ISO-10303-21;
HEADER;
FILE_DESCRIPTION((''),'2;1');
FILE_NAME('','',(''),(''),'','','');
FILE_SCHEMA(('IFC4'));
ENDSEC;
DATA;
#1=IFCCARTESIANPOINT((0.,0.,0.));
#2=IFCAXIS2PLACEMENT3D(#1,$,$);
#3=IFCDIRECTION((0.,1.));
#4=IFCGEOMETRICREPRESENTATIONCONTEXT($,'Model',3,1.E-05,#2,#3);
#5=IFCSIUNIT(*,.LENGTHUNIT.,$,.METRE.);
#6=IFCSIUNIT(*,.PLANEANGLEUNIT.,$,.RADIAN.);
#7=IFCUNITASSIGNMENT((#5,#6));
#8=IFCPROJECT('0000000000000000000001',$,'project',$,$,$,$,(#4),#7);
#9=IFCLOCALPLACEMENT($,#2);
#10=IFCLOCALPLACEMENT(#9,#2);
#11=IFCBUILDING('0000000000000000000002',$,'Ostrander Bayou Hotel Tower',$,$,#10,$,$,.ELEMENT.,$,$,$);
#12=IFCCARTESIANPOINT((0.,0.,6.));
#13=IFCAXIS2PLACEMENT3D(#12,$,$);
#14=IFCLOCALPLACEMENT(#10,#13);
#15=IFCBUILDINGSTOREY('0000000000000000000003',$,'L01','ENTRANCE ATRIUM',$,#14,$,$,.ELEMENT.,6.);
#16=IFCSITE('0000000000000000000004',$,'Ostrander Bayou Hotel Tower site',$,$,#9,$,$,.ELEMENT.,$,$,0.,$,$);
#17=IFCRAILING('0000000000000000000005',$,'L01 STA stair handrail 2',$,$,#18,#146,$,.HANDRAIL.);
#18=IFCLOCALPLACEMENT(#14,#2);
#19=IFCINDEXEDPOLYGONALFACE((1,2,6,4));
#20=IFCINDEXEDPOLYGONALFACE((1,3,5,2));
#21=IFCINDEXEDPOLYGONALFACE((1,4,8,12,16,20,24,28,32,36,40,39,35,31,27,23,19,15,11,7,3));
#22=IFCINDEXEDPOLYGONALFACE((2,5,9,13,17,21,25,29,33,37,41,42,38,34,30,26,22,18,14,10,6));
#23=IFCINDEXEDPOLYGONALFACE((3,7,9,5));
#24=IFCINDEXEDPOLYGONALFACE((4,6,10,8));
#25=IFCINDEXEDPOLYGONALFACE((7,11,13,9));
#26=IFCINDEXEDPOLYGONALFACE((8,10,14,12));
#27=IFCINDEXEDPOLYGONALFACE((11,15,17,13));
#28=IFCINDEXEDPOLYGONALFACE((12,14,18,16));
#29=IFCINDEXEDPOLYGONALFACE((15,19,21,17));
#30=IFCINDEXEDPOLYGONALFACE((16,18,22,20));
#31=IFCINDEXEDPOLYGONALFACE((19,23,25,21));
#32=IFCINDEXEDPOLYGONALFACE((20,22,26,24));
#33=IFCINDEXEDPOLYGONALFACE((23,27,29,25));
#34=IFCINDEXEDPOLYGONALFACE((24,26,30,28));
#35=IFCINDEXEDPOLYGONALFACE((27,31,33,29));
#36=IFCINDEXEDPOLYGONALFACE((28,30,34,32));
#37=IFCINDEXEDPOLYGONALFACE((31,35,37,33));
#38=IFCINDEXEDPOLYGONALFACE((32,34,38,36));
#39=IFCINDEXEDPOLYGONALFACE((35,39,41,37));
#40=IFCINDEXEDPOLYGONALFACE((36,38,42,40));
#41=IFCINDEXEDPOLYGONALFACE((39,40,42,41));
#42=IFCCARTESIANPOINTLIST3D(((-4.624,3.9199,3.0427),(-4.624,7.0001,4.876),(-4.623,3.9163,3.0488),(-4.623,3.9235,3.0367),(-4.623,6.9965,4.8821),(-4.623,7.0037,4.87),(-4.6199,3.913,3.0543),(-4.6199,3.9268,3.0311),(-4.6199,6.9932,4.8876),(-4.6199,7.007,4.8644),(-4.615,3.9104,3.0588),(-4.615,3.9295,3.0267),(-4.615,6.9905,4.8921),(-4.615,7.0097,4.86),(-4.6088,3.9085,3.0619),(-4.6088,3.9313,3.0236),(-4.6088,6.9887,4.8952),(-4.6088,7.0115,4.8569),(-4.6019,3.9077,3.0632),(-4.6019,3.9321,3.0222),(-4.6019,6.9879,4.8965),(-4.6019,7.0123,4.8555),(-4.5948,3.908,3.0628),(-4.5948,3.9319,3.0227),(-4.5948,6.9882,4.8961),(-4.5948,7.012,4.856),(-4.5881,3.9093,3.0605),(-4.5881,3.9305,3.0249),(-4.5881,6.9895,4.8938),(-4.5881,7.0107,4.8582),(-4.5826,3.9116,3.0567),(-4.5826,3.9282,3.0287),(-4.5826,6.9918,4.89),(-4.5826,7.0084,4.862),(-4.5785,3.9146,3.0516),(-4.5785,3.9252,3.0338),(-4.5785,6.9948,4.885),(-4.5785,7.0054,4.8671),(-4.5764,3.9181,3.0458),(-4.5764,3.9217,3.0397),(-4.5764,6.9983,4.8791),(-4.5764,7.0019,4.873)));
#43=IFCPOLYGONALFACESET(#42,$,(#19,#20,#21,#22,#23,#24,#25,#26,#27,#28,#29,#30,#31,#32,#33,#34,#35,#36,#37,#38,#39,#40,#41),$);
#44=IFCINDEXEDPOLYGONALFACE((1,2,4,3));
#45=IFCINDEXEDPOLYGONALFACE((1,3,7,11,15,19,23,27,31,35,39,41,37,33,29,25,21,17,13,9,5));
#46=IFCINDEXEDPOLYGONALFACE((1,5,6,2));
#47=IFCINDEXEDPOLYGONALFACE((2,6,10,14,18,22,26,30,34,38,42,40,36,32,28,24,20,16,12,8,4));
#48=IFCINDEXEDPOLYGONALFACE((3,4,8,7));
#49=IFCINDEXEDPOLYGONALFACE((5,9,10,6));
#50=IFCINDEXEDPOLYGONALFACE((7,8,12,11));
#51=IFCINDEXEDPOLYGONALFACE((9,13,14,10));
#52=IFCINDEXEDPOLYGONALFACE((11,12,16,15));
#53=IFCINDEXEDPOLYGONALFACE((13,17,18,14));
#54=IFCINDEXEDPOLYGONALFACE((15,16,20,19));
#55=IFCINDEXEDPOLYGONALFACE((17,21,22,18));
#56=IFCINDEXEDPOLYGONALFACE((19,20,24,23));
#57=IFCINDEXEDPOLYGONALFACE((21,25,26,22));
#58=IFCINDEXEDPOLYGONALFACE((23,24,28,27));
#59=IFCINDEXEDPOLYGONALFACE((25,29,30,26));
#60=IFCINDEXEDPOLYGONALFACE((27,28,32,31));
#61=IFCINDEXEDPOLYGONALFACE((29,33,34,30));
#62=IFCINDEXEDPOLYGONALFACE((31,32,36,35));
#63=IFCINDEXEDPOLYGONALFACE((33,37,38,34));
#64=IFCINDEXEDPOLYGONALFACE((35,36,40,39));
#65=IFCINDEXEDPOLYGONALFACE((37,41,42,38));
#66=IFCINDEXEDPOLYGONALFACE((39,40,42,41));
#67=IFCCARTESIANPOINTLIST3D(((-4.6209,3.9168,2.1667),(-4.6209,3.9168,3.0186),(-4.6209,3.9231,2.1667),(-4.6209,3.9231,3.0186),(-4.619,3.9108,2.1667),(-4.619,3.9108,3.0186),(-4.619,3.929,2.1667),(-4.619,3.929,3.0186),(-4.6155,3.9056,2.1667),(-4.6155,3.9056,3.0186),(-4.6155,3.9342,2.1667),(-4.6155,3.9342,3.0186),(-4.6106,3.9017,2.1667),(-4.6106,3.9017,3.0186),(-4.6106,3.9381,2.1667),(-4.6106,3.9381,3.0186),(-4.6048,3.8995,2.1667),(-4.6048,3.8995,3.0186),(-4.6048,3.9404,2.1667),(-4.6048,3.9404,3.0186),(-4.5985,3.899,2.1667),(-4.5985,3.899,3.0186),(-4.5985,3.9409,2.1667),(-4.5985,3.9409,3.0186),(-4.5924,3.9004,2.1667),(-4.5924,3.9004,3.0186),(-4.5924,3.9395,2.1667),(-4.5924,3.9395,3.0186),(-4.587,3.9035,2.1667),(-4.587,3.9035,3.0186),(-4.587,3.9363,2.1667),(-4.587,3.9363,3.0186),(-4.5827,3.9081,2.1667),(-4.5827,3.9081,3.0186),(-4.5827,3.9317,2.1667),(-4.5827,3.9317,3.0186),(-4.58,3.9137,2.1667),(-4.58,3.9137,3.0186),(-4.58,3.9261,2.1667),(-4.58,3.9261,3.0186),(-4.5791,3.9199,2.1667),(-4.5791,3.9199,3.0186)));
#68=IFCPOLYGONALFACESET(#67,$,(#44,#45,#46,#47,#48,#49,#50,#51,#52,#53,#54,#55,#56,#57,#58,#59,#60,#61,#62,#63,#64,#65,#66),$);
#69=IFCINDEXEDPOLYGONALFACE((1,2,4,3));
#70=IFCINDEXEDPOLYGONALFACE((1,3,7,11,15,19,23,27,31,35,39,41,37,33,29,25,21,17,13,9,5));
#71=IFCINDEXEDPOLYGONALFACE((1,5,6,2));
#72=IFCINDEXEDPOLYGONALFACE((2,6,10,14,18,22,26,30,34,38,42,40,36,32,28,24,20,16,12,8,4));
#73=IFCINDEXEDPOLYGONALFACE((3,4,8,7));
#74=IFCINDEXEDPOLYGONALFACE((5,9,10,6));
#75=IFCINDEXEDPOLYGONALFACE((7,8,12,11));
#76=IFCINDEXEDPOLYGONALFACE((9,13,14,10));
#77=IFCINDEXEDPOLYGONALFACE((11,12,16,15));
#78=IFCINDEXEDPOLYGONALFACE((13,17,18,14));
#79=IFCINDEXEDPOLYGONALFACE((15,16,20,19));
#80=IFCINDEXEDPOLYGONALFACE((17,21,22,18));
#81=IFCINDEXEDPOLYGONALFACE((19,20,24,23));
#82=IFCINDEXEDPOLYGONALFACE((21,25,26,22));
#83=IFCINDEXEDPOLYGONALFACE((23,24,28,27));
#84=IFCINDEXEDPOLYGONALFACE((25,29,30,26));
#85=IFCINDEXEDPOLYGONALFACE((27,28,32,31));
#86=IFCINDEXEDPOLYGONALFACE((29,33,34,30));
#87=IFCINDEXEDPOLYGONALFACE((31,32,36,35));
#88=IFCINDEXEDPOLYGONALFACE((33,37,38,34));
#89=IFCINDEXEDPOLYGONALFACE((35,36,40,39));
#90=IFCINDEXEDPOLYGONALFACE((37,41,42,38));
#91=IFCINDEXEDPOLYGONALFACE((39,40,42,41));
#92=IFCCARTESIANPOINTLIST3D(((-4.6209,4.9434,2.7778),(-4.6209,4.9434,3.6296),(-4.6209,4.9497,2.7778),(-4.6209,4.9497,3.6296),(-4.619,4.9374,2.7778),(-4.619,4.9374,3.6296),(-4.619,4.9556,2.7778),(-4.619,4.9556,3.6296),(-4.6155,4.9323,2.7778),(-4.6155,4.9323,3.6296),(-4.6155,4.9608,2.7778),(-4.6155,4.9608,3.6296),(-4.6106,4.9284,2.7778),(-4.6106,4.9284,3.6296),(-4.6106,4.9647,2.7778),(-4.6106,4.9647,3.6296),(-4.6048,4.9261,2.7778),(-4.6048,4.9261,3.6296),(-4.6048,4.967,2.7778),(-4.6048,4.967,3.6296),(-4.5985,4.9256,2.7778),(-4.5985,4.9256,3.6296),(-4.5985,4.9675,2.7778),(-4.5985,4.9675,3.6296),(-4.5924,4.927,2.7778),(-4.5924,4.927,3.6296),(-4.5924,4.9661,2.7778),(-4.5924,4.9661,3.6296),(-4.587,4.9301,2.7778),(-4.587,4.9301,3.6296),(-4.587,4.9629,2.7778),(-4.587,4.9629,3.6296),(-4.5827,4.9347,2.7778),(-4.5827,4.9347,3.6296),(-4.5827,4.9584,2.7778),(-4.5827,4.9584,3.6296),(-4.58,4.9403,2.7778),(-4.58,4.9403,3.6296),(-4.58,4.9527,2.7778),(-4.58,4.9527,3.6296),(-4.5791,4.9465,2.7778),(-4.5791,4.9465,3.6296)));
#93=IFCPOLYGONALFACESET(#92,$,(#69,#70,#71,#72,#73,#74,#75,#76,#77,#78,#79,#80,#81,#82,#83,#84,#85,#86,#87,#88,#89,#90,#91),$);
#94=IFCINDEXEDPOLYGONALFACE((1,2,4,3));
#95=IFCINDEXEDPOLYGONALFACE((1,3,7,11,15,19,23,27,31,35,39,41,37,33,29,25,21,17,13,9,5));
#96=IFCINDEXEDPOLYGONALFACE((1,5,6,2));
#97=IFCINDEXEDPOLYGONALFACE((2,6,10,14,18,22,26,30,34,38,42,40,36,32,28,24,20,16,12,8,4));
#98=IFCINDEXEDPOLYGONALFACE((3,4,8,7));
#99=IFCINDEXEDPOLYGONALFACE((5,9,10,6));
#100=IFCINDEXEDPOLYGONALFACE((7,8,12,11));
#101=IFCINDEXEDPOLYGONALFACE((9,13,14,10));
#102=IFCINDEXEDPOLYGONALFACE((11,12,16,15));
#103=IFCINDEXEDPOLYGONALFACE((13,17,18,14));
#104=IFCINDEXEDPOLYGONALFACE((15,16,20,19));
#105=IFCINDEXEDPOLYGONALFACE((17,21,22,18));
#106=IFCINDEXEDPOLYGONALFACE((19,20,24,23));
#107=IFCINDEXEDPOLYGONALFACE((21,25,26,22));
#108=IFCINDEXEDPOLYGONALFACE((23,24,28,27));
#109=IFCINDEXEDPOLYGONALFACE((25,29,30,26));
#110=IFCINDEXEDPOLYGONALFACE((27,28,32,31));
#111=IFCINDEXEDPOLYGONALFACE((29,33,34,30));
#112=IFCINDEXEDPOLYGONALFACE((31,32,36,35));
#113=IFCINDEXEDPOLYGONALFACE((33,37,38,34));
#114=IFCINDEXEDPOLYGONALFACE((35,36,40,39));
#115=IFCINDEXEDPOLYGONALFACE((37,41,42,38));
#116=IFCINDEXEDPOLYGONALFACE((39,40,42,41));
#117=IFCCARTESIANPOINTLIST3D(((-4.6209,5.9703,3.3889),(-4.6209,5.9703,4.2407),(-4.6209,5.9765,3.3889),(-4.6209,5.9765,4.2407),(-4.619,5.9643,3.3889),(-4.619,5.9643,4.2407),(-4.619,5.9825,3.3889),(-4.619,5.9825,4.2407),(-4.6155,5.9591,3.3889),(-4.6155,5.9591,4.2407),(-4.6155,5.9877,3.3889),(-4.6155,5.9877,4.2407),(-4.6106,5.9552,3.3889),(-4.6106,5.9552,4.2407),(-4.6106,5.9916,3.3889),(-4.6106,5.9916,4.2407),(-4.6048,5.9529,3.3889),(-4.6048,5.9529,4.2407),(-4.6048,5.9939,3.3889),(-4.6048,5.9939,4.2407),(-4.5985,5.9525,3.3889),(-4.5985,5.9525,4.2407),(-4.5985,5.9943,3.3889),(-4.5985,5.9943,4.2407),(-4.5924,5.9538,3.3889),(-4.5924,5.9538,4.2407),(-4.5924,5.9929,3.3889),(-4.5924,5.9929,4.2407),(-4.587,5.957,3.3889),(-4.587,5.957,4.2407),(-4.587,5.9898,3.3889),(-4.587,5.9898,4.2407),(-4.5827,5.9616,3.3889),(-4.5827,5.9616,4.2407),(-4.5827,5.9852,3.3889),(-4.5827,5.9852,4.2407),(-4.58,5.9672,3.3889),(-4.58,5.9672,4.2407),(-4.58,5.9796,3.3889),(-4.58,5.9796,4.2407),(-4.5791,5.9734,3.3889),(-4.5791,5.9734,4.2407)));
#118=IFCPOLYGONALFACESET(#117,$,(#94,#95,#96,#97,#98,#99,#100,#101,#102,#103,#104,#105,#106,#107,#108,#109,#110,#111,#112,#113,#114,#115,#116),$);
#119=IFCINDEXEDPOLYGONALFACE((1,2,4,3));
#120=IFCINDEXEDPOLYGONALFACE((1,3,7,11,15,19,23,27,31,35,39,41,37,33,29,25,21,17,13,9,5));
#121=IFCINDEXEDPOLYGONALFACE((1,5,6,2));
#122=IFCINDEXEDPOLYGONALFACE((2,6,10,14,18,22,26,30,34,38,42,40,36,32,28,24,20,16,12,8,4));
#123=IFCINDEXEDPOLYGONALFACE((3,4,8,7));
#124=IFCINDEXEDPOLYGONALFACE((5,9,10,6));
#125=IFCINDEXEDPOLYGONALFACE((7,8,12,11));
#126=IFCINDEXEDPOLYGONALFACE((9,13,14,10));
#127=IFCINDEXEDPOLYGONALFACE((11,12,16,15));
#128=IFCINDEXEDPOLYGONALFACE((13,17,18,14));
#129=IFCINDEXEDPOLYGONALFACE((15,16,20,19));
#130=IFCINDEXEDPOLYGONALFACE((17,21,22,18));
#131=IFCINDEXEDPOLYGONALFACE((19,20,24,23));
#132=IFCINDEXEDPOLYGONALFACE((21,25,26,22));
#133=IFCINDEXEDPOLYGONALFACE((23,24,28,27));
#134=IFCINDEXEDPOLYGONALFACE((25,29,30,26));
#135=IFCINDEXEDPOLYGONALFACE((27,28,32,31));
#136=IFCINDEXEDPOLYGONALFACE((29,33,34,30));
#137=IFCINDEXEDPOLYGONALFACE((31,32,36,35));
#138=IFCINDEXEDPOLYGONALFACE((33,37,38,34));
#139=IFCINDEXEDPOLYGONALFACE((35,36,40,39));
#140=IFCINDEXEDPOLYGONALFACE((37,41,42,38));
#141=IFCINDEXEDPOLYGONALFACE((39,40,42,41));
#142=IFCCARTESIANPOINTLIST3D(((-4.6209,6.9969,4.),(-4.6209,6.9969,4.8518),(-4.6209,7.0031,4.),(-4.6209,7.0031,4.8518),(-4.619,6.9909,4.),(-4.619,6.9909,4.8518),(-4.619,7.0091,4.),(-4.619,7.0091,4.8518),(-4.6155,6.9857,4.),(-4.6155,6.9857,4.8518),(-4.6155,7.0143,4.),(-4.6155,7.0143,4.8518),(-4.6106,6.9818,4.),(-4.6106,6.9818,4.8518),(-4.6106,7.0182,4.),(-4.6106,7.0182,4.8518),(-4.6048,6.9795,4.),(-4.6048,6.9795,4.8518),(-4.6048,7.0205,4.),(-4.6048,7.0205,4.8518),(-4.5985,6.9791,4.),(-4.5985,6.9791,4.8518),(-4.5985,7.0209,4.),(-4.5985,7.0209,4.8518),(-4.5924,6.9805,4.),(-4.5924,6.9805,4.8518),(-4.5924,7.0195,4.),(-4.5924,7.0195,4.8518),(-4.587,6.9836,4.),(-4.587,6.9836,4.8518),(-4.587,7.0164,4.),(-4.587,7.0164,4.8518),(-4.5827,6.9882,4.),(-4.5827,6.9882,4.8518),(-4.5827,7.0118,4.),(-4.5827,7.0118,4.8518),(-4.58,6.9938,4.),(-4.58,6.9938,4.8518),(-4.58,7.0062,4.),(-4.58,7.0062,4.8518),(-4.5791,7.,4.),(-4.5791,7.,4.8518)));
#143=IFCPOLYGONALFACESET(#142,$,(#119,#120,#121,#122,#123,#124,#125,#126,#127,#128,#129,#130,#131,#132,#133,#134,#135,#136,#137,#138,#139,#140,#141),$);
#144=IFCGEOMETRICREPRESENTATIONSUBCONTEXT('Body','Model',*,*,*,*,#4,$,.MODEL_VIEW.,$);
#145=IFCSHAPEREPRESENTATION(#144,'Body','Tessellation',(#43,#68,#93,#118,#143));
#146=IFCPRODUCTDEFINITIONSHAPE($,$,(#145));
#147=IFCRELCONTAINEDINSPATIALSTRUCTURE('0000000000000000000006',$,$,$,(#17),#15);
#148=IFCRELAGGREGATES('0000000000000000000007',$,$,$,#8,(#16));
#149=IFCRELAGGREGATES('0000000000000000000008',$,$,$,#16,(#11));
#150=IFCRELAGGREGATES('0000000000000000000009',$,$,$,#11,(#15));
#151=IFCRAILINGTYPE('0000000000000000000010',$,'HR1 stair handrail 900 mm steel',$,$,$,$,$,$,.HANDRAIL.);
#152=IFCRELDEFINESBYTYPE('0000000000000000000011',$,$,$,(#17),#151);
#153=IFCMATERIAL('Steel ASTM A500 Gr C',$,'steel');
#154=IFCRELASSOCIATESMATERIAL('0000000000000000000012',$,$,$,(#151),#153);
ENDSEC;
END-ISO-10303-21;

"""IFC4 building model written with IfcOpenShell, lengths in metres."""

from ifc_helpers import new_model, si_unit, direction, frame, origin, origin_2d, place, context, subcontext, project, spatial, circle, extrude, material, type_object, element, save


model = new_model("IFC4")

# Units and contexts
model_context = context("Model", 3, precision=1e-05, world=origin(), true_north=direction((0.0, 1.0)))
body_context = subcontext(model_context, "Body", "Model", "MODEL_VIEW")
ifc_project = project(units=[si_unit("LENGTHUNIT", "METRE"), si_unit("PLANEANGLEUNIT", "RADIAN")], contexts=[model_context])

# Site, building, storey
site_placement = place(None, origin())
site = spatial("IfcSite", under=ifc_project, at=site_placement, Name="Ostrander Bayou Hotel Tower site", CompositionType="ELEMENT", RefElevation=0.0)
building_placement = place(site_placement, origin())
building = spatial("IfcBuilding", under=site, at=building_placement, Name="Ostrander Bayou Hotel Tower", CompositionType="ELEMENT")
storey_placement = place(building_placement, frame((0.0, 0.0, 6.0)))
storey = spatial("IfcBuildingStorey", under=building, at=storey_placement, Name="L01", Description="ENTRANCE ATRIUM", CompositionType="ELEMENT", Elevation=6.0)

# Railing
ifc_material_1 = material(Name="Steel ASTM A500 Gr C", Category="steel")
railing_type_1 = type_object("IfcRailingType", Name="HR1 stair handrail 900 mm steel", PredefinedType="HANDRAIL", material=ifc_material_1)
railing_1_placement = place(storey_placement, frame((-4.6001, 3.9199, 2.1667)))
element("IfcRailing", 1, at=railing_1_placement, inside=storey, type_object=railing_type_1, Name="L01 STA stair handrail 2", PredefinedType="HANDRAIL", context=body_context, shape_type="SweptSolid", body=[
    extrude(circle(Radius=0.0239, at=origin_2d()), frame((0.0, 0.0, 0.876), z_axis=(0.0, 0.859309, 0.511458), x_axis=(-1.0, 0.0, 0.0)), (0.0, 0.0, 1.0), 3.5845),
    extrude(circle(Radius=0.021, at=origin_2d()), origin(), (0.0, 0.0, 1.0), 0.8518),
    extrude(circle(Radius=0.021, at=origin_2d()), frame((0.0, 1.0266, 0.6111)), (0.0, 0.0, 1.0), 0.8518),
    extrude(circle(Radius=0.021, at=origin_2d()), frame((0.0, 2.0535, 1.2222)), (0.0, 0.0, 1.0), 0.8518),
    extrude(circle(Radius=0.021, at=origin_2d()), frame((0.0, 3.0801, 1.8333)), (0.0, 0.0, 1.0), 0.8518),
])

save(model, "model.ifc")
